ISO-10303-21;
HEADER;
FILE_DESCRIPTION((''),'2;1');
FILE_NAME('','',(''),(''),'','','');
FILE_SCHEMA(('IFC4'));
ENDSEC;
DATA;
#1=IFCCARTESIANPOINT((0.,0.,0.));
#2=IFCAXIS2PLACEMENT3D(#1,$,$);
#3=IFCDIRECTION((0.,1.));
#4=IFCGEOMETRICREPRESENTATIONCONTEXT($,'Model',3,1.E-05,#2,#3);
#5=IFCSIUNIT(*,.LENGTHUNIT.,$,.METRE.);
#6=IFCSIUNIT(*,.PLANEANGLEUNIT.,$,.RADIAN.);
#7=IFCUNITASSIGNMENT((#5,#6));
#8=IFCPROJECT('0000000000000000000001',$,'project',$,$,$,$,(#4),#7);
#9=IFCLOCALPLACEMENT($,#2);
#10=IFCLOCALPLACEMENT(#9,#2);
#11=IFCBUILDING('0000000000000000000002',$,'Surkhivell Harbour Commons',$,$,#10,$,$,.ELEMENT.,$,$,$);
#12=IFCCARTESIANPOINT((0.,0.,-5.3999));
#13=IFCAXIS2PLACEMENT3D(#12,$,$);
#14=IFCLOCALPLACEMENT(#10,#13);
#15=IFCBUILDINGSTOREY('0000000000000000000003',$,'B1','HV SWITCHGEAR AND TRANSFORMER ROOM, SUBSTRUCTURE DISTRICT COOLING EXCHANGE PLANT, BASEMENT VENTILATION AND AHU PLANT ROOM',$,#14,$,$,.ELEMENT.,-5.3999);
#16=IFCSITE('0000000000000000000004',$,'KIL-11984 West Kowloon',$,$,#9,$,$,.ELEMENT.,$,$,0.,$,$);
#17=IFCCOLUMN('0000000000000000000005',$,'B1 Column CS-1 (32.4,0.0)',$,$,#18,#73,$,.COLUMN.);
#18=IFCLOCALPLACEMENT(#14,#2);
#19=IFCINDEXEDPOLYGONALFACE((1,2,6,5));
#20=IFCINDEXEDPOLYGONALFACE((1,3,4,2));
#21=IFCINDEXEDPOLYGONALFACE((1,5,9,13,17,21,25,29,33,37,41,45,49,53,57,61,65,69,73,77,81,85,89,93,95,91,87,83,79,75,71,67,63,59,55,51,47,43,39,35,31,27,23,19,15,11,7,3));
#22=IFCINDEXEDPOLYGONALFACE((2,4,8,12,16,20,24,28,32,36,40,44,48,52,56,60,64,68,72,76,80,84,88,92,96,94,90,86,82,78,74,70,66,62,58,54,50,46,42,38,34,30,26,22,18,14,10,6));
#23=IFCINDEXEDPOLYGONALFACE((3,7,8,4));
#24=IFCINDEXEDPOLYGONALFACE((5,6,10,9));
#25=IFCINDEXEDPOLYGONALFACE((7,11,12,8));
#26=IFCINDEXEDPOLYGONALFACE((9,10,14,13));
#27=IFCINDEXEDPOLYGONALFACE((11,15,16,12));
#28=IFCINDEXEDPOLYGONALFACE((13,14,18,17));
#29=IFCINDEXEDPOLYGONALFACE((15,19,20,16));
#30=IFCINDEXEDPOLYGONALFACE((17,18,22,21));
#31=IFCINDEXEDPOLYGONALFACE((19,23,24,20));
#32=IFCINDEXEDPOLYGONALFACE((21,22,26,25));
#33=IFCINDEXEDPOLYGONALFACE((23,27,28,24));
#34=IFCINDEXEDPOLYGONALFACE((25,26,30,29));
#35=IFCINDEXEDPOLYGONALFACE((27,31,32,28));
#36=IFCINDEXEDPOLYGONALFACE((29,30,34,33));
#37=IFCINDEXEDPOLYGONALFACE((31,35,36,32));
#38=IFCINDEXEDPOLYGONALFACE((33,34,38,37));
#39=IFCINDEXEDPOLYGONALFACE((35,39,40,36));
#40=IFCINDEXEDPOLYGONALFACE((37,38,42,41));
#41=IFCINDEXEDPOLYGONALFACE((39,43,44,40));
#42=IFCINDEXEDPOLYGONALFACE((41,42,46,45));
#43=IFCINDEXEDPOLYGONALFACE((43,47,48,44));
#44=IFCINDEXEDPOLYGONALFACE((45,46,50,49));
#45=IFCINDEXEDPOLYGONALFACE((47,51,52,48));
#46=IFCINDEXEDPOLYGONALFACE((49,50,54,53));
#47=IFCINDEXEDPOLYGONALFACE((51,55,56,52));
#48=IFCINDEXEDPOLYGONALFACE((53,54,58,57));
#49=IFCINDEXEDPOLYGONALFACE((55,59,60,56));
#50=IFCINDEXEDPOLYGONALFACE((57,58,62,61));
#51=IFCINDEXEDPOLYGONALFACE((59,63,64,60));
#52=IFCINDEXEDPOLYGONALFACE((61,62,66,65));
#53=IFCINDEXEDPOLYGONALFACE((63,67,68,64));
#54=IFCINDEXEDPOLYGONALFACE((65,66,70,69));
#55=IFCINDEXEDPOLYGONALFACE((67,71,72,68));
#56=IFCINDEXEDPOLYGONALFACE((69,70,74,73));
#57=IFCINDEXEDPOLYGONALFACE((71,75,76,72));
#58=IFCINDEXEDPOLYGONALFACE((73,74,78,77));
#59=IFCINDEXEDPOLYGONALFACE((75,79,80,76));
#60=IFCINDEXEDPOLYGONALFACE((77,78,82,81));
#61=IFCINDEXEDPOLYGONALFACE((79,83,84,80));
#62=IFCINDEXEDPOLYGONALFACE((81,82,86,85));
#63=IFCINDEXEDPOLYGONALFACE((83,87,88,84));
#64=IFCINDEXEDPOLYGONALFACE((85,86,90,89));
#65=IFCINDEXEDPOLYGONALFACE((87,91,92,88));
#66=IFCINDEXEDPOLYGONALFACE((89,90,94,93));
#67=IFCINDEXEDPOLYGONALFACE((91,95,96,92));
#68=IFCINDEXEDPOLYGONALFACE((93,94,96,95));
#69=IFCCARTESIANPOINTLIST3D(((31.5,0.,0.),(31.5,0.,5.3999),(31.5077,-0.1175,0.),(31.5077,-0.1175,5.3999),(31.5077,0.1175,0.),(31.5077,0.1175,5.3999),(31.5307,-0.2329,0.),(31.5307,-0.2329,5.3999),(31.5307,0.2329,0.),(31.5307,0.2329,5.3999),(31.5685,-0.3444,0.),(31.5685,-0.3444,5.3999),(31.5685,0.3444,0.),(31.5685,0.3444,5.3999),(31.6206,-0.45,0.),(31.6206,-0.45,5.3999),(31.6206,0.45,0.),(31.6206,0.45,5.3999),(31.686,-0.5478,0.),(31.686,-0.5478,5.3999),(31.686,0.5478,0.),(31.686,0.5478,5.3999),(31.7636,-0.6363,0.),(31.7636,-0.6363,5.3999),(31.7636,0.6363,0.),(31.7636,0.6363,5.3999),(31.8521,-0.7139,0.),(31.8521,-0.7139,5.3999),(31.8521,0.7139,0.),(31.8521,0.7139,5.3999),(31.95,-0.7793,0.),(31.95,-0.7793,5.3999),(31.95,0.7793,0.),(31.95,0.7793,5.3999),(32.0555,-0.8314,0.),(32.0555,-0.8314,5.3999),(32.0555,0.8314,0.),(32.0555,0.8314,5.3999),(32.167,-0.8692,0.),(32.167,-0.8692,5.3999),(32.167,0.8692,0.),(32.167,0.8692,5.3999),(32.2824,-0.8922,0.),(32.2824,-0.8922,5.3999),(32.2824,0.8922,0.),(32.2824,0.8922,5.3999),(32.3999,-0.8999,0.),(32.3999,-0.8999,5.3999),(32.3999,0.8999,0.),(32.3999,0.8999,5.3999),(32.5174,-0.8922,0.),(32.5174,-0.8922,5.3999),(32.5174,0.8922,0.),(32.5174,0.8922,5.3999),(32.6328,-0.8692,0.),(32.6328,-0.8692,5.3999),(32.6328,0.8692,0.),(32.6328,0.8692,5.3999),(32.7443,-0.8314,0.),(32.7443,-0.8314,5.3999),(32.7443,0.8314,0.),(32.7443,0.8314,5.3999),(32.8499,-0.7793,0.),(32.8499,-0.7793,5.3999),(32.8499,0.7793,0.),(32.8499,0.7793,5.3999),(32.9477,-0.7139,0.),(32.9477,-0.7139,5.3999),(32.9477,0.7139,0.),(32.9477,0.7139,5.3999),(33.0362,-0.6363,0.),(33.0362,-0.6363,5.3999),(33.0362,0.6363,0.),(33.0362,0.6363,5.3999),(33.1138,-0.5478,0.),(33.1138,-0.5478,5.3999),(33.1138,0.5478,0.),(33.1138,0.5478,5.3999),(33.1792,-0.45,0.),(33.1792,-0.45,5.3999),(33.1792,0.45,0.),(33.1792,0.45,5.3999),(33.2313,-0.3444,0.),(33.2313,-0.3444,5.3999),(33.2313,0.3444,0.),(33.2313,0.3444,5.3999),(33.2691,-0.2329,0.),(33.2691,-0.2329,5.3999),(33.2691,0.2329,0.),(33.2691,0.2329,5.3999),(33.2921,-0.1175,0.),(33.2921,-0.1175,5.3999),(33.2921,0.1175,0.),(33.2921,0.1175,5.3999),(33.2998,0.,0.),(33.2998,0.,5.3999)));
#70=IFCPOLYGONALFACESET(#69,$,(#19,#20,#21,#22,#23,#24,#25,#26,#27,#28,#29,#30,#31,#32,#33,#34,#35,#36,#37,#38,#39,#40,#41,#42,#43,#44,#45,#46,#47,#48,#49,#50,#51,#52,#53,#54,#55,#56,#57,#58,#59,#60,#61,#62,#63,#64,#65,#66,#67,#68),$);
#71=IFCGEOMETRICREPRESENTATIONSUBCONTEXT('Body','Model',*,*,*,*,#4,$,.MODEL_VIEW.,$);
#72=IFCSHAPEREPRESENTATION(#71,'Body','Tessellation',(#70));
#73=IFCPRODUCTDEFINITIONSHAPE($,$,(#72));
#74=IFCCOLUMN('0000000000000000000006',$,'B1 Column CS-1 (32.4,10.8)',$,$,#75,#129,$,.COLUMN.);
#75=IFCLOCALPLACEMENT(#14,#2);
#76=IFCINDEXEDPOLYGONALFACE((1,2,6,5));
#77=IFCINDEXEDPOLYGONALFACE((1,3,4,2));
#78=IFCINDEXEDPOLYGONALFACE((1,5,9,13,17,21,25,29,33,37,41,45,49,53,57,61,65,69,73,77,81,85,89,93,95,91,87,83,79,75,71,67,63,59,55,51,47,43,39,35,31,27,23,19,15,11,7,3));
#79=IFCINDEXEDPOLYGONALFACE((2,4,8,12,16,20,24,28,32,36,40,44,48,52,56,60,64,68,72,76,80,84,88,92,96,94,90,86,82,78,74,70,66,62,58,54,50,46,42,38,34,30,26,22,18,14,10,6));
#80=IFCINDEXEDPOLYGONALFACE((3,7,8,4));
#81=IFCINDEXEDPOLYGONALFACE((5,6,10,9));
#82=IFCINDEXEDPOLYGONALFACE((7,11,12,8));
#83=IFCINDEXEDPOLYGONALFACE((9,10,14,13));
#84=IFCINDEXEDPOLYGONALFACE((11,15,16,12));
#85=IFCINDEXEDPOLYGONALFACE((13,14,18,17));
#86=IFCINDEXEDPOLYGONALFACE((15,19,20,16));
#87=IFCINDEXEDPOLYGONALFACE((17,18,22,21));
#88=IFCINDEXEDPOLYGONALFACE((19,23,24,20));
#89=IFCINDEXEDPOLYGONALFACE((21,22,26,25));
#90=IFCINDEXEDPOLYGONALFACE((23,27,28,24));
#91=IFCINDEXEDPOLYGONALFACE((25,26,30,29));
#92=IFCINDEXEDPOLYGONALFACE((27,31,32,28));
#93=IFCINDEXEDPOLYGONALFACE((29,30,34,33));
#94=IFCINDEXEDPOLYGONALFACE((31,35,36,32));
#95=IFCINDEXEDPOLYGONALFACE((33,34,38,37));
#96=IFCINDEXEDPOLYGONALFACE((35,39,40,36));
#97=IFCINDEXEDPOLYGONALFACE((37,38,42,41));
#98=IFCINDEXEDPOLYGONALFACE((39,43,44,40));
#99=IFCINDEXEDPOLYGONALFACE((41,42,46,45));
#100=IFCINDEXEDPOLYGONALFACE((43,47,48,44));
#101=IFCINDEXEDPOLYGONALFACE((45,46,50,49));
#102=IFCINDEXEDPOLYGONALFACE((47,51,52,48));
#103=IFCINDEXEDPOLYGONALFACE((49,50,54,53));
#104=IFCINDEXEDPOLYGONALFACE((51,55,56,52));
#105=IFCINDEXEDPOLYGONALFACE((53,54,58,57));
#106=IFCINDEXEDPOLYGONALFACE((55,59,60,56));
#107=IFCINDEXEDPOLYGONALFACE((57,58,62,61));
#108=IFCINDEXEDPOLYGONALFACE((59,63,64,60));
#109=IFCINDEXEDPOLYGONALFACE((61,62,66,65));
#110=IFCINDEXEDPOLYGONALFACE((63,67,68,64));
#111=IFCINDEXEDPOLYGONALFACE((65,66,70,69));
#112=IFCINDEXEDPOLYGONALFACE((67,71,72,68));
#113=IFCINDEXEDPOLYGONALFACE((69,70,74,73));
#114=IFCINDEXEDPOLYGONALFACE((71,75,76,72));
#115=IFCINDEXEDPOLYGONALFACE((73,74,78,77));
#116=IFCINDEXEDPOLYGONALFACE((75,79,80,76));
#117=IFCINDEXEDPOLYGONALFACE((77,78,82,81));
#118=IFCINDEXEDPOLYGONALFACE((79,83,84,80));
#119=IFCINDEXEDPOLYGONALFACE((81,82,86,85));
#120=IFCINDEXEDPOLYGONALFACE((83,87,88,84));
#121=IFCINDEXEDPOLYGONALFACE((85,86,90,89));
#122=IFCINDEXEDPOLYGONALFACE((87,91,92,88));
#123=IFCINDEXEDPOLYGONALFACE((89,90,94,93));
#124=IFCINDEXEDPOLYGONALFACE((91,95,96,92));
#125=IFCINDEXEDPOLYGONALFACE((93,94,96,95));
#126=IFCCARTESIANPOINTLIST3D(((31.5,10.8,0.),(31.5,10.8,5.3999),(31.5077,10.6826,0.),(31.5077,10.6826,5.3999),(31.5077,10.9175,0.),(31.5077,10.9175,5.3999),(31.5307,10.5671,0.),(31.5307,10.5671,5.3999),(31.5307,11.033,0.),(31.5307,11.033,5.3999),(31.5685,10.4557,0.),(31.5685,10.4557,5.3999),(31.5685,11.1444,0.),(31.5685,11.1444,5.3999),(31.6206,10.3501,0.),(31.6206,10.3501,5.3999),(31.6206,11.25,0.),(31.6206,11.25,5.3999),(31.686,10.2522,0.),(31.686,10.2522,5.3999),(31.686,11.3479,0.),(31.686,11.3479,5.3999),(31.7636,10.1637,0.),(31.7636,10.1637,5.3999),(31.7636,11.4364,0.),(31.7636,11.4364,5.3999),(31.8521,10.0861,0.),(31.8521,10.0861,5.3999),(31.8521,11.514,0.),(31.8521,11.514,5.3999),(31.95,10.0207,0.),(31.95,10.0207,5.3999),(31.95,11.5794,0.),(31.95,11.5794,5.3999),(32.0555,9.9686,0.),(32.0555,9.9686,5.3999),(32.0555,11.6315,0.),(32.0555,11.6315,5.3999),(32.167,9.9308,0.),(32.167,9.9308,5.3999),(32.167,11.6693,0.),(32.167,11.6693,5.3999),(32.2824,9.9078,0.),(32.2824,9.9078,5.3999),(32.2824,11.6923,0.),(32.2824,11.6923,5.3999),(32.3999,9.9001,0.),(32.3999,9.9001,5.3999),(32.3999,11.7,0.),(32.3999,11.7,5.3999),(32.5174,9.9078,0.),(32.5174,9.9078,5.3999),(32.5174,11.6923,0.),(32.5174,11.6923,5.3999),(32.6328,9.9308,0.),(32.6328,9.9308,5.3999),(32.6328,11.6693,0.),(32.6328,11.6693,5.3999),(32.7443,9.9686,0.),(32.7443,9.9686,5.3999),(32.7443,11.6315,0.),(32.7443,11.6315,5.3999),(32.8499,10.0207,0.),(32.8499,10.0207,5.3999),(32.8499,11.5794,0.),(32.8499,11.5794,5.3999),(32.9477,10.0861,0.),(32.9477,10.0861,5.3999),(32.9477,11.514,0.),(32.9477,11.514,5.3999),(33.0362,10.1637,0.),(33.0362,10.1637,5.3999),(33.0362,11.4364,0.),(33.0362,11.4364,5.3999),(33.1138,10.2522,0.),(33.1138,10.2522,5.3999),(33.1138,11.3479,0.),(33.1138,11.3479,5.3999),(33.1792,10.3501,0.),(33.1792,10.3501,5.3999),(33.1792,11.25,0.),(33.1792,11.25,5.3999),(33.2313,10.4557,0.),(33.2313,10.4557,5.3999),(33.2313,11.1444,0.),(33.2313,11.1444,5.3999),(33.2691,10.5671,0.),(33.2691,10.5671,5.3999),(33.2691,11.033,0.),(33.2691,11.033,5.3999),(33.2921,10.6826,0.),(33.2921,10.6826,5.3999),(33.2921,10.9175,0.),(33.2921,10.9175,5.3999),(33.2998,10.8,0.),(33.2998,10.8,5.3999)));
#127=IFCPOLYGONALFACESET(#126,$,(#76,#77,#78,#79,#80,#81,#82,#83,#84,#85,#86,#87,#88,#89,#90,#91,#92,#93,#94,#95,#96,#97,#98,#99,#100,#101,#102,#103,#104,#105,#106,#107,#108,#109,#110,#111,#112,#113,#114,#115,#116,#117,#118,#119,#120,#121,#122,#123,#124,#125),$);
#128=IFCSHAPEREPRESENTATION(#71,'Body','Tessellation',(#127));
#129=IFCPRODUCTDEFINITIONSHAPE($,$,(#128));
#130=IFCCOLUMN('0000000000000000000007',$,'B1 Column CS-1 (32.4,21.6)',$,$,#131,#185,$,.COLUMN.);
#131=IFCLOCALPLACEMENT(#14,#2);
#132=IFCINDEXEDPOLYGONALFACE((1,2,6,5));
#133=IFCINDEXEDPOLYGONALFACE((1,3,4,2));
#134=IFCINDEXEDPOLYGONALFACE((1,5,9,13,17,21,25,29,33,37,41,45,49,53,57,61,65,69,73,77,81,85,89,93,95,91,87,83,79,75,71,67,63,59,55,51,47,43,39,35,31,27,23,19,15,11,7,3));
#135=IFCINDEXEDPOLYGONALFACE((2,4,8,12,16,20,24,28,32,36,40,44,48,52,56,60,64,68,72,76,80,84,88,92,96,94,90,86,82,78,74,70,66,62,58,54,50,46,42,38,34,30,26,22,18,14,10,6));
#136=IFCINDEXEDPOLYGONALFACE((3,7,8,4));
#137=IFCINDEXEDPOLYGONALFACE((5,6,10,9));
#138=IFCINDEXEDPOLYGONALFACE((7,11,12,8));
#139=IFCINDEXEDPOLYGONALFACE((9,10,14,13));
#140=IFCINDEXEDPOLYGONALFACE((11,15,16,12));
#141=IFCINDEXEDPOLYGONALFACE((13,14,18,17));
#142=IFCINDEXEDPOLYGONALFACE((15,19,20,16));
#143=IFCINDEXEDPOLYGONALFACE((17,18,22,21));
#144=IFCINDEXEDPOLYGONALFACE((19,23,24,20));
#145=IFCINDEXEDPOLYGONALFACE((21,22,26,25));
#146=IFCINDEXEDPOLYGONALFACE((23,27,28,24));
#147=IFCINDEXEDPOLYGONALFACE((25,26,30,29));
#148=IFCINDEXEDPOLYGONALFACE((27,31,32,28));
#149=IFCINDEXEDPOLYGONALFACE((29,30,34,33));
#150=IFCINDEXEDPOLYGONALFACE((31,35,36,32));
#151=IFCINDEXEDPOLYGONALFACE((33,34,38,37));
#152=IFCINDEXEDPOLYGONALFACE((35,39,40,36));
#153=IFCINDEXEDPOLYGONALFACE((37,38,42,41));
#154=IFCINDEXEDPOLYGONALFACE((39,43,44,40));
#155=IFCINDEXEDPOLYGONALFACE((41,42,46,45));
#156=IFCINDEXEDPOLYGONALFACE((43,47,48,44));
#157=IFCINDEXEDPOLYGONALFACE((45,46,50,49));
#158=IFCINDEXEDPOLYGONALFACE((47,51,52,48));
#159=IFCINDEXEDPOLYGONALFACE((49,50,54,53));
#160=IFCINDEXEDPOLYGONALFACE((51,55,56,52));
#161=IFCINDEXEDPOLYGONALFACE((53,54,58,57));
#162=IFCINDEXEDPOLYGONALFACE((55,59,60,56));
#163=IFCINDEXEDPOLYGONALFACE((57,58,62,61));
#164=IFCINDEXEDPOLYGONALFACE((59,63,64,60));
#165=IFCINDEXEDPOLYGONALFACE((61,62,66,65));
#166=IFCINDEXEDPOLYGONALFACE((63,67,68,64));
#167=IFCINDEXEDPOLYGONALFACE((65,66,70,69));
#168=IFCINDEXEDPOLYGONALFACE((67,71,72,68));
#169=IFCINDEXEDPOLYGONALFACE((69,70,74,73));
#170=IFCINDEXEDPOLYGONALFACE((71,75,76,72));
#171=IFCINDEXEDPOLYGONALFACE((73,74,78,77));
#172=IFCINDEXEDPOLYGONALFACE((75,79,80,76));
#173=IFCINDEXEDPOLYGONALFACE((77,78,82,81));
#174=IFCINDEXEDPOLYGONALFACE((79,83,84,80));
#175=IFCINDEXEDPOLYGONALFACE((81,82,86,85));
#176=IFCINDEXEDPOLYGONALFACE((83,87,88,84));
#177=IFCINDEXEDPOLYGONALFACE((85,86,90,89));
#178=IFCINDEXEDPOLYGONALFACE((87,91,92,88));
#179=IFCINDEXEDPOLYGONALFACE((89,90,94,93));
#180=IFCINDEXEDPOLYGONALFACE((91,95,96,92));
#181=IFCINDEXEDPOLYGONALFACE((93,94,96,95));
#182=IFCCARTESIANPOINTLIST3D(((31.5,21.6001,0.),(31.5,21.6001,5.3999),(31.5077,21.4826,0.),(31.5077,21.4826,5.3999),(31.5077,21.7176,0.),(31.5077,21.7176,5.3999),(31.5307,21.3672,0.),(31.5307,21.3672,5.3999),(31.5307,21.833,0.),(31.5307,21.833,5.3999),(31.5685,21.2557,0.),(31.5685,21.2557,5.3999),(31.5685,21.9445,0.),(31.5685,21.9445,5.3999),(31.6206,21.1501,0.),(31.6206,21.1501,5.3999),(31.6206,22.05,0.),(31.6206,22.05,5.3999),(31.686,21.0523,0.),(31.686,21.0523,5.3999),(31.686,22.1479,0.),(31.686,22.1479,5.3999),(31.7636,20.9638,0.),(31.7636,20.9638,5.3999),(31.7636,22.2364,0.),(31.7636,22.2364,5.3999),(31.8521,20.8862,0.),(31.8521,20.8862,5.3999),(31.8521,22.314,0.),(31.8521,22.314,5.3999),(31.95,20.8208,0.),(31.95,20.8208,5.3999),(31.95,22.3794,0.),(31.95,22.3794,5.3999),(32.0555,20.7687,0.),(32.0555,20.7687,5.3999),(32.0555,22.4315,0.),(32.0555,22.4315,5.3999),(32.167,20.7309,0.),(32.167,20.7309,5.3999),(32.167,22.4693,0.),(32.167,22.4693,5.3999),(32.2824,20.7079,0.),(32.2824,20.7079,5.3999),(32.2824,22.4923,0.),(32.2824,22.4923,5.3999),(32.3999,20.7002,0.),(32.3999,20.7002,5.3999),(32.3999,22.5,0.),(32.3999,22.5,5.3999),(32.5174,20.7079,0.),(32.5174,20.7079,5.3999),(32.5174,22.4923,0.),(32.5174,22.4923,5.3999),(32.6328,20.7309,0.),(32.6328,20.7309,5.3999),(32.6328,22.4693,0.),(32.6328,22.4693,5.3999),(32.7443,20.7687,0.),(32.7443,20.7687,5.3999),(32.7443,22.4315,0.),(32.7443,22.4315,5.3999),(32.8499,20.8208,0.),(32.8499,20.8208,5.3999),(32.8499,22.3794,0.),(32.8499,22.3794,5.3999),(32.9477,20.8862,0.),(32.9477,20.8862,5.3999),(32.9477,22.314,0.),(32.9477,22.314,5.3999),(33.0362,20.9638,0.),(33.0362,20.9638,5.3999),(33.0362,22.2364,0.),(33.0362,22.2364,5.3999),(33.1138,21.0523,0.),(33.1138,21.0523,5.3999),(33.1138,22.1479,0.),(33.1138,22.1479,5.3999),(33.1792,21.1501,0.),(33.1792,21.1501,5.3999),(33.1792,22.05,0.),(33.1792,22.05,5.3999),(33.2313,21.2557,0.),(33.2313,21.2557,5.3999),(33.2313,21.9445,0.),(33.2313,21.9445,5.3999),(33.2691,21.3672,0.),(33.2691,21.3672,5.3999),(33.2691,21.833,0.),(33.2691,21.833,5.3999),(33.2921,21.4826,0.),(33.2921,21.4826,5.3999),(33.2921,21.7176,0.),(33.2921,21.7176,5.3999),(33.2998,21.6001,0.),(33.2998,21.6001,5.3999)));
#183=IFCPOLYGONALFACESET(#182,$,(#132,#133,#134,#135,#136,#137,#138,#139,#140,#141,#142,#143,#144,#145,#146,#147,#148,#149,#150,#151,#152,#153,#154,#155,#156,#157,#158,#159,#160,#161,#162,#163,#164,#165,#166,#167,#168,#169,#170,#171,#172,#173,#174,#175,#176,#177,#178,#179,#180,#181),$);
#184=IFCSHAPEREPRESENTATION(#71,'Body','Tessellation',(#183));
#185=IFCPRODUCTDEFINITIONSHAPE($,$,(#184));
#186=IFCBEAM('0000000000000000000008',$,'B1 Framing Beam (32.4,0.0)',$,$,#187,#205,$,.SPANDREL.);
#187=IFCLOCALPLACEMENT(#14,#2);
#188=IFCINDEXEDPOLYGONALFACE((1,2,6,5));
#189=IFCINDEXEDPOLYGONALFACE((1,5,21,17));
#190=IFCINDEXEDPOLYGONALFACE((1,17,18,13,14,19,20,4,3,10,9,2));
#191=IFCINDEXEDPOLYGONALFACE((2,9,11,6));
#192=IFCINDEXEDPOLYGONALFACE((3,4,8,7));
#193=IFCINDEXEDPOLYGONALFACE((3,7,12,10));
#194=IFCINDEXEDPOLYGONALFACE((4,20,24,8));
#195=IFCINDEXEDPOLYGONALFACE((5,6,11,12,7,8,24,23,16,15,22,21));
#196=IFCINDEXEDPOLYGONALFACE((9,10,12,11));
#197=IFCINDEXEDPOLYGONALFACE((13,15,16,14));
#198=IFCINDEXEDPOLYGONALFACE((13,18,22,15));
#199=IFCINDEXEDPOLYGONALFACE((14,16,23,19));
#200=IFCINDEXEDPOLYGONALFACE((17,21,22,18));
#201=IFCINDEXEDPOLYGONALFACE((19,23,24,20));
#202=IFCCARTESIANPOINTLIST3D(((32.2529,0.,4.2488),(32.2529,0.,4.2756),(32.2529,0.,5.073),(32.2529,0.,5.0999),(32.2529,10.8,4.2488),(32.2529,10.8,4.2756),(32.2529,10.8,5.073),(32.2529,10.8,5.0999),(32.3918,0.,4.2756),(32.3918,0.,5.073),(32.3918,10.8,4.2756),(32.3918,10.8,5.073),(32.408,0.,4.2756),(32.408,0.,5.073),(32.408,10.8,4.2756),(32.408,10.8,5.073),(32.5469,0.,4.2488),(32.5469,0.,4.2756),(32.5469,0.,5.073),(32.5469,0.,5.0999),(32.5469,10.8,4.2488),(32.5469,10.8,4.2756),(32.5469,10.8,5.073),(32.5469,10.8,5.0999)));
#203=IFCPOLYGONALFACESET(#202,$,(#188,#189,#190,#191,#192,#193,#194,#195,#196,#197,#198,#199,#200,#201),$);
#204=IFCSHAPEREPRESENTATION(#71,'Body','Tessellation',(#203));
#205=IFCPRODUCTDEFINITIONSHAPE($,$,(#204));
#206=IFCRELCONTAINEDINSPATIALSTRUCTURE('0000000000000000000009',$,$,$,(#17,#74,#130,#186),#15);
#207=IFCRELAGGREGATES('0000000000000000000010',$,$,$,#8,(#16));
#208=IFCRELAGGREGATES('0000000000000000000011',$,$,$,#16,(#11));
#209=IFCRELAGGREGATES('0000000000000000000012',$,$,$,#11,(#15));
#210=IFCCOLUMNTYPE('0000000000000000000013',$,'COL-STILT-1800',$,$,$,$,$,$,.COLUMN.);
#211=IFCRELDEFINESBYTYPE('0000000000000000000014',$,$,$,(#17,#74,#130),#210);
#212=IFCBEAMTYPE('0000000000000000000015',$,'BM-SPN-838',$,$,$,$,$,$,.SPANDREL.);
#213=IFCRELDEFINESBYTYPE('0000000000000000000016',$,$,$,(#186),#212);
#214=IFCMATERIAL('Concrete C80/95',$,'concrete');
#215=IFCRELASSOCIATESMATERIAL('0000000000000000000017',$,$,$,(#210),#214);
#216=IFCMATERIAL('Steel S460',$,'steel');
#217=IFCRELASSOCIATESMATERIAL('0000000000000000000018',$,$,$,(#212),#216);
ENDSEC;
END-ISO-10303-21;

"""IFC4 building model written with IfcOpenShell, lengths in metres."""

from ifc_helpers import new_model, si_unit, direction, frame, origin, origin_2d, place, context, subcontext, project, spatial, circle, i_section, extrude, material, material_profile, profile_set, type_object, element, save


model = new_model("IFC4")

# Units and contexts
model_context = context("Model", 3, precision=1e-05, world=origin(), true_north=direction((0.0, 1.0)))
body_context = subcontext(model_context, "Body", "Model", "MODEL_VIEW")
ifc_project = project(units=[si_unit("LENGTHUNIT", "METRE"), si_unit("PLANEANGLEUNIT", "RADIAN")], contexts=[model_context])

# Site, building, storey
site_placement = place(None, origin())
site = spatial("IfcSite", under=ifc_project, at=site_placement, Name="KIL-11984 West Kowloon", CompositionType="ELEMENT", RefElevation=0.0)
building_placement = place(site_placement, origin())
building = spatial("IfcBuilding", under=site, at=building_placement, Name="Surkhivell Harbour Commons", CompositionType="ELEMENT")
storey_placement = place(building_placement, frame((0.0, 0.0, -5.3999)))
storey = spatial("IfcBuildingStorey", under=building, at=storey_placement, Name="B1", Description="HV SWITCHGEAR AND TRANSFORMER ROOM, SUBSTRUCTURE DISTRICT COOLING EXCHANGE PLANT, BASEMENT VENTILATION AND AHU PLANT ROOM", CompositionType="ELEMENT", Elevation=-5.3999)

# Columns
ifc_material_1 = material(Name="Concrete C80/95", Category="concrete")
ifc_material_profile_1 = material_profile(ifc_material_1, circle(Radius=0.8999, at=origin_2d()), Name="RC-CIRC-1800")
ifc_profile_set_1 = profile_set([ifc_material_profile_1], Name="Concrete C80/95")
column_type_1 = type_object("IfcColumnType", Name="COL-STILT-1800", PredefinedType="COLUMN", material=ifc_profile_set_1)
for number, where, z_axis, x_axis, name in (
    (1, (32.3999, 0.0, 0.0), (0.0, 0.0, 1.0), (1.0, 0.0, 0.0), "B1 Column CS-1 (32.4,0.0)"),
    (2, (32.3999, 10.8, 0.0), (0.0, 0.0, 1.0), (1.0, 0.0, 0.0), "B1 Column CS-1 (32.4,10.8)"),
    (3, (32.3999, 21.6001, 0.0), (0.0, 0.0, 1.0), (1.0, 0.0, 0.0), "B1 Column CS-1 (32.4,21.6)"),
):
    element("IfcColumn", number, at=place(storey_placement, frame(where, z_axis=z_axis, x_axis=x_axis)), inside=storey, type_object=column_type_1, Name=name, PredefinedType="COLUMN", context=body_context, shape_type="SweptSolid", body=[
        extrude(circle(Radius=0.8999, at=origin_2d()), origin(), (0.0, 0.0, 1.0), 5.3999),
    ])

# Beam
ifc_material_2 = material(Name="Steel S460", Category="steel")
ifc_material_profile_2 = material_profile(ifc_material_2, i_section(OverallWidth=0.2939, OverallDepth=0.8511, WebThickness=0.0161, FlangeThickness=0.0269, at=origin_2d()), Name="UB838x292x226")
ifc_profile_set_2 = profile_set([ifc_material_profile_2], Name="Steel S460")
beam_type = type_object("IfcBeamType", Name="BM-SPN-838", PredefinedType="SPANDREL", material=ifc_profile_set_2)
beam_1_placement = place(storey_placement, frame((32.3999, 0.0, 4.6743), z_axis=(0.0, 1.0, 0.0), x_axis=(-1.0, 0.0, 0.0)))
element("IfcBeam", 4, at=beam_1_placement, inside=storey, type_object=beam_type, Name="B1 Framing Beam (32.4,0.0)", PredefinedType="SPANDREL", context=body_context, shape_type="SweptSolid", body=[
    extrude(i_section(OverallWidth=0.2939, OverallDepth=0.8511, WebThickness=0.0161, FlangeThickness=0.0269, at=origin_2d()), origin(), (0.0, 0.0, 1.0), 10.8),
])

save(model, "model.ifc")
